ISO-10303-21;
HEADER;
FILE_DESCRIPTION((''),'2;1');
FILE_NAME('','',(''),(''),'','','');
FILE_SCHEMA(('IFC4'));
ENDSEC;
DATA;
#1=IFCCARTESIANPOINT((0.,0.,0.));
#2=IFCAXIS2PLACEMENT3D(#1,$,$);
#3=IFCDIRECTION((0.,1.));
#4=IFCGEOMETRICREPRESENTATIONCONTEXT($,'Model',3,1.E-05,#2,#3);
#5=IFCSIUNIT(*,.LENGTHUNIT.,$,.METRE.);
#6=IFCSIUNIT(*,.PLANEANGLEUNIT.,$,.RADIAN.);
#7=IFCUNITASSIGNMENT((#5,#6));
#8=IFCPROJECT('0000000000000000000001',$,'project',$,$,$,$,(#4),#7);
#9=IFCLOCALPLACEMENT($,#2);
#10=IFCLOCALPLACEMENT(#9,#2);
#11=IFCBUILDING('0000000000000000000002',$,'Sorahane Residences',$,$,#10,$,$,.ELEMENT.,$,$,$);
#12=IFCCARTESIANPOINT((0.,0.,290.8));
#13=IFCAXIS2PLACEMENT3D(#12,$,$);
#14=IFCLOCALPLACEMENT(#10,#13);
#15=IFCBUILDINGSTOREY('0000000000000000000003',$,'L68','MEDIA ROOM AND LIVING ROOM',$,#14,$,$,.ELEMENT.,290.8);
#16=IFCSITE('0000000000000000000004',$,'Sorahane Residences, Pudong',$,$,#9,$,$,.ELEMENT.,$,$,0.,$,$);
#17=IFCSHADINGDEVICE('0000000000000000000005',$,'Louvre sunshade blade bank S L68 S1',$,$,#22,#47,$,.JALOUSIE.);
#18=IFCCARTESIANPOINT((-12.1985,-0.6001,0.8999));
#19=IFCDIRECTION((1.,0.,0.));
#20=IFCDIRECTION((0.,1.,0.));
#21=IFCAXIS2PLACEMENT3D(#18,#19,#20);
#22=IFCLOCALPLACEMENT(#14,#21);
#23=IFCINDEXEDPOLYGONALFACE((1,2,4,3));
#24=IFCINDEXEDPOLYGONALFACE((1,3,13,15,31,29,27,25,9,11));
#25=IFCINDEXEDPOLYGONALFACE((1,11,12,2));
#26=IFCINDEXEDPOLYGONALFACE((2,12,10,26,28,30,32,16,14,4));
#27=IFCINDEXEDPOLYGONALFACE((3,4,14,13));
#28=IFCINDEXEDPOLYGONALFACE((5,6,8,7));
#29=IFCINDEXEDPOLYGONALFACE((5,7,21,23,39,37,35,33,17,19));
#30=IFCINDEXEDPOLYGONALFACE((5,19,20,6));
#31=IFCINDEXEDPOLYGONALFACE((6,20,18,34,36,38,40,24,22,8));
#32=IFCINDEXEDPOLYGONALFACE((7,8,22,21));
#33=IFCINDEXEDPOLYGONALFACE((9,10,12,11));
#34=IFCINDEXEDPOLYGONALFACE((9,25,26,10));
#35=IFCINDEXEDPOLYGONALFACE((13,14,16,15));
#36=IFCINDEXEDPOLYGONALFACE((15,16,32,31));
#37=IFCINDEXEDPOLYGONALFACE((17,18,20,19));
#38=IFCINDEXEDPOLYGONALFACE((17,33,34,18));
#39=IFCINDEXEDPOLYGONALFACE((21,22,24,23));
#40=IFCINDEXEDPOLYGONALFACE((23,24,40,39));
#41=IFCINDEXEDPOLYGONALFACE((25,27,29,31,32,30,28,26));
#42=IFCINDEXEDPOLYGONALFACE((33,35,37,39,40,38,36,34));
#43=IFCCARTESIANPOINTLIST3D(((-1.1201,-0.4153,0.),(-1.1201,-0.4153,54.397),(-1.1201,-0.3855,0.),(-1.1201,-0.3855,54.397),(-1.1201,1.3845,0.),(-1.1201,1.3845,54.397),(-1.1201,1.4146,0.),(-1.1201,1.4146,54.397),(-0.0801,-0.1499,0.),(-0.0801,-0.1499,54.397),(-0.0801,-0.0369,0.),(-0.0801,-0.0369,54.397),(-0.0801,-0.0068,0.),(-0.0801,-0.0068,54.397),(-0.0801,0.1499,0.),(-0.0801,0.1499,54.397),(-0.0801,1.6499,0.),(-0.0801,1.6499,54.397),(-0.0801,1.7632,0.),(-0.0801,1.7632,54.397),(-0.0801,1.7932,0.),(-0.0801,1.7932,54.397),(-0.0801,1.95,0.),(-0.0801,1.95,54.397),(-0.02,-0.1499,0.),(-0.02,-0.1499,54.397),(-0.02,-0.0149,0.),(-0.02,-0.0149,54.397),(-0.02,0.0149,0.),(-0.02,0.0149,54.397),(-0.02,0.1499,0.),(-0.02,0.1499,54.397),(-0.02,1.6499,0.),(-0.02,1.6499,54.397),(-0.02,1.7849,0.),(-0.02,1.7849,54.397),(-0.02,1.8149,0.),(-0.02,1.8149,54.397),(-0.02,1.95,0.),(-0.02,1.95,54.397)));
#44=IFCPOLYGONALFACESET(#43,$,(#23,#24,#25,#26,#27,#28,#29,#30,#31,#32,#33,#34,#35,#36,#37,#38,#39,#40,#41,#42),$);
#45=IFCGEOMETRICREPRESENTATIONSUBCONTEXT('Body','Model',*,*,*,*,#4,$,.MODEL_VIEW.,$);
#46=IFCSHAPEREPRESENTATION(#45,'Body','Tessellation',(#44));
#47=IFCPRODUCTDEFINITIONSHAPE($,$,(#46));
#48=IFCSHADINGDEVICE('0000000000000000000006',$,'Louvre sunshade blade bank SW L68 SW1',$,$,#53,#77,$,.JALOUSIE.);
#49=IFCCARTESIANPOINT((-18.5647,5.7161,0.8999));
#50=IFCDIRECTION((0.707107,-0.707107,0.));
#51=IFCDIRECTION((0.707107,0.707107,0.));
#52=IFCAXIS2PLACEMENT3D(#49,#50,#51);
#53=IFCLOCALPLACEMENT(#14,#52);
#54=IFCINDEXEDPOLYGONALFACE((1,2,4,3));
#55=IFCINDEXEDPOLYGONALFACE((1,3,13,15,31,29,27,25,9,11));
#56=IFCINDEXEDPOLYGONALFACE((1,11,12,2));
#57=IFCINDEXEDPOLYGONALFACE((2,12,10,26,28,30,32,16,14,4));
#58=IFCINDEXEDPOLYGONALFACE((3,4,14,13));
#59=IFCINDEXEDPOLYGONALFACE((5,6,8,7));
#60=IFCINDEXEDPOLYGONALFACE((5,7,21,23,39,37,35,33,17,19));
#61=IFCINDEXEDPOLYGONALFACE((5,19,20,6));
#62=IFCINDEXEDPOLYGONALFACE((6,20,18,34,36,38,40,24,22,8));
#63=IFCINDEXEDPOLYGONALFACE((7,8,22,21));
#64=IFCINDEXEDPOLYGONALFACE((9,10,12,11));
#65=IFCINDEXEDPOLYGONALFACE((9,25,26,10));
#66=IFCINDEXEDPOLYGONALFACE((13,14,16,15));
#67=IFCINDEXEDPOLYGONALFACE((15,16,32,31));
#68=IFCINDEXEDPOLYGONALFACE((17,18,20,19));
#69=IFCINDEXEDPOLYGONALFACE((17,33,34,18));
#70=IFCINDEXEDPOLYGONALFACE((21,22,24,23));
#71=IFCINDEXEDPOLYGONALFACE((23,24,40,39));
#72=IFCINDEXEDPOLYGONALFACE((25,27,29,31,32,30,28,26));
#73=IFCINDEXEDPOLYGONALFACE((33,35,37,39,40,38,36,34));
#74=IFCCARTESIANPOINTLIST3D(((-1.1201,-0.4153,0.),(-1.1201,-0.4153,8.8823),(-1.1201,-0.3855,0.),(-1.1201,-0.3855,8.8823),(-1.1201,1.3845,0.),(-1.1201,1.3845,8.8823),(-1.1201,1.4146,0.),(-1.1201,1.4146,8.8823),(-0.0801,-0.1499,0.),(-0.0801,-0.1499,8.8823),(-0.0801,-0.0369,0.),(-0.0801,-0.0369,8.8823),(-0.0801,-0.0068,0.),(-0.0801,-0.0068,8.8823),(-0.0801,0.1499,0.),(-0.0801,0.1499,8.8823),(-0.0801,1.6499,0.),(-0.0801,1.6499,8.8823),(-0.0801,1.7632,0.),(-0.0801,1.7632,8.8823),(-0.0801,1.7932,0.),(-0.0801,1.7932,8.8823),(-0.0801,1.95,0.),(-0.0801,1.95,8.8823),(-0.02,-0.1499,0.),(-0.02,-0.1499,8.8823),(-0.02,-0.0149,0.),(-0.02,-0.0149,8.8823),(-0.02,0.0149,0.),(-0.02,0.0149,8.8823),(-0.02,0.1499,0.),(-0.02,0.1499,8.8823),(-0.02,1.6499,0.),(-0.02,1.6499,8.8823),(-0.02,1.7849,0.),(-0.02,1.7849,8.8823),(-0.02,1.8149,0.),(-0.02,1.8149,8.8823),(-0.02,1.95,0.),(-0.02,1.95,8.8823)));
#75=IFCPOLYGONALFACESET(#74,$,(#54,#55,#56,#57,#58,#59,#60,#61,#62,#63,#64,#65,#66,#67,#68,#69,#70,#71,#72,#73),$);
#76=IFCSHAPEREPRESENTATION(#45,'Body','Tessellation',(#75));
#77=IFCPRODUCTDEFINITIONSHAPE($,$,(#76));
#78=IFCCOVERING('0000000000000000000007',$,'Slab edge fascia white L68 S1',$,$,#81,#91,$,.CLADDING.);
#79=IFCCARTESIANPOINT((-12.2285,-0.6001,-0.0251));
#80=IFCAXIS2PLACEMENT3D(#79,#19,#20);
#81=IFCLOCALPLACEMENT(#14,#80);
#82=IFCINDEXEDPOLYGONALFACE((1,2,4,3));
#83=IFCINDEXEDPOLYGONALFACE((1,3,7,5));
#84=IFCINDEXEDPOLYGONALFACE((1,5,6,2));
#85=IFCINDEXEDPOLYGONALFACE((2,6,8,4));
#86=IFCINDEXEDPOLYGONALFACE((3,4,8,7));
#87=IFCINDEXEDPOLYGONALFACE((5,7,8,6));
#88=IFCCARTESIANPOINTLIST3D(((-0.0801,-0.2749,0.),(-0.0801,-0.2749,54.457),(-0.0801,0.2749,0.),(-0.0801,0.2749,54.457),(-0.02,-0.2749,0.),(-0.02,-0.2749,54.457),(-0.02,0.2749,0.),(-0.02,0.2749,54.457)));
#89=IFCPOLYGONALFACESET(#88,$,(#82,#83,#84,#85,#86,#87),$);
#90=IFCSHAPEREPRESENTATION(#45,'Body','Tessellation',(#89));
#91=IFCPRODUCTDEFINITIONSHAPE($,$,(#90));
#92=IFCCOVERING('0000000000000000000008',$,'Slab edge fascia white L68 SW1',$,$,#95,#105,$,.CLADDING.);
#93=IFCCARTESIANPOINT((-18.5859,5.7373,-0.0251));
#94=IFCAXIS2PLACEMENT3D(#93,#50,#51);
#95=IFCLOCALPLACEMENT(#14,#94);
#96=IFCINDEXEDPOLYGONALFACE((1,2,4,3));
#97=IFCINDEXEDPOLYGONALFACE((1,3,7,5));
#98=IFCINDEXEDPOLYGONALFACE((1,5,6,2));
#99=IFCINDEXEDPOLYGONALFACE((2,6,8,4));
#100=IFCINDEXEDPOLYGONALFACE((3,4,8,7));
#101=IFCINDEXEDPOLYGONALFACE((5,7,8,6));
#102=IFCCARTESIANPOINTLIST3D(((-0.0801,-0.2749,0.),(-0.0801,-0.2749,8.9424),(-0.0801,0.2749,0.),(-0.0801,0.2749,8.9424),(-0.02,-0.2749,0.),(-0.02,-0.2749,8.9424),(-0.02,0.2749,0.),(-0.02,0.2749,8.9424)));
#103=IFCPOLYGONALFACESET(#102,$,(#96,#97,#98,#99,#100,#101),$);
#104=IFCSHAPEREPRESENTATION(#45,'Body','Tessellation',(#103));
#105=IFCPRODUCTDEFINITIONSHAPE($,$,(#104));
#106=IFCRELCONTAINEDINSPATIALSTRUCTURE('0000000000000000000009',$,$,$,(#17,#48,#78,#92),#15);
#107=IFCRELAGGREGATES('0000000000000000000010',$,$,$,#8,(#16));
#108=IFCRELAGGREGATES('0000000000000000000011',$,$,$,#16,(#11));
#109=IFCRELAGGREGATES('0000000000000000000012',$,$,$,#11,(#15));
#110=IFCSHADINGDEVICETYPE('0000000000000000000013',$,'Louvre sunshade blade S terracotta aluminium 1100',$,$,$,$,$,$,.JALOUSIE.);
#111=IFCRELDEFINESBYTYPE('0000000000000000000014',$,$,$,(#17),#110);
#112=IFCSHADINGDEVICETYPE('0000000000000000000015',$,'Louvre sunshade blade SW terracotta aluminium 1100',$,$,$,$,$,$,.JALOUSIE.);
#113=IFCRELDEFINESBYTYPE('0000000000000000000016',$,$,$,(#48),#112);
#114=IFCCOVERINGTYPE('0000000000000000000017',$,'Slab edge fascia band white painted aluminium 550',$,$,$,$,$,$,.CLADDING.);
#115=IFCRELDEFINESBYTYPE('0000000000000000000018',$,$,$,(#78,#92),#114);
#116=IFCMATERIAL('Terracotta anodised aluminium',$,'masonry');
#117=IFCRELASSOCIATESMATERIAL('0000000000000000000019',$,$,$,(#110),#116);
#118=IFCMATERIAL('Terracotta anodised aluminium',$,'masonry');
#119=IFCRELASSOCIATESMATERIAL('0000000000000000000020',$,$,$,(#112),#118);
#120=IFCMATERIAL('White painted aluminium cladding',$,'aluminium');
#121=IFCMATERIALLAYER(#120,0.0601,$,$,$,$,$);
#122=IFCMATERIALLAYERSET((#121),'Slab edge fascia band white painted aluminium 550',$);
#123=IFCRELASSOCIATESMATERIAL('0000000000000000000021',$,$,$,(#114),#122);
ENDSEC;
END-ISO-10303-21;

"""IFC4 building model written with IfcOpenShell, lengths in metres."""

from ifc_helpers import new_model, si_unit, direction, frame, origin, place, context, subcontext, project, spatial, polyline, outline, composite_profile, extrude, material, layer, layer_set, type_object, element, save


model = new_model("IFC4")

# Units and contexts
model_context = context("Model", 3, precision=1e-05, world=origin(), true_north=direction((0.0, 1.0)))
body_context = subcontext(model_context, "Body", "Model", "MODEL_VIEW")
ifc_project = project(units=[si_unit("LENGTHUNIT", "METRE"), si_unit("PLANEANGLEUNIT", "RADIAN")], contexts=[model_context])

# Site, building, storey
site_placement = place(None, origin())
site = spatial("IfcSite", under=ifc_project, at=site_placement, Name="Sorahane Residences, Pudong", CompositionType="ELEMENT", RefElevation=0.0)
building_placement = place(site_placement, origin())
building = spatial("IfcBuilding", under=site, at=building_placement, Name="Sorahane Residences", CompositionType="ELEMENT")
storey_placement = place(building_placement, frame((0.0, 0.0, 290.8)))
storey = spatial("IfcBuildingStorey", under=building, at=storey_placement, Name="L68", Description="MEDIA ROOM AND LIVING ROOM", CompositionType="ELEMENT", Elevation=290.8)

# Shading devices
ifc_material_1 = material(Name="Terracotta anodised aluminium", Category="masonry")
shading_device_type_1 = type_object("IfcShadingDeviceType", Name="Louvre sunshade blade S terracotta aluminium 1100", PredefinedType="JALOUSIE", material=ifc_material_1)
shading_device_1_placement = place(storey_placement, frame((-12.1985, -0.6001, 0.8999), z_axis=(1.0, 0.0, 0.0), x_axis=(0.0, 1.0, 0.0)))
element("IfcShadingDevice", 1, at=shading_device_1_placement, inside=storey, type_object=shading_device_type_1, Name="Louvre sunshade blade bank S L68 S1", PredefinedType="JALOUSIE", context=body_context, shape_type="SweptSolid", body=[
    extrude(composite_profile([outline(polyline([(-1.1201, -0.3855), (-1.1201, -0.4153), (-0.0801, -0.0369), (-0.0801, -0.1499), (-0.02, -0.1499), (-0.02, -0.0149), (-0.02, 0.0149), (-0.02, 0.1499), (-0.0801, 0.1499), (-0.0801, -0.0068), (-1.1201, -0.3855)])), outline(polyline([(-1.1201, 1.4146), (-1.1201, 1.3845), (-0.0801, 1.7632), (-0.0801, 1.6499), (-0.02, 1.6499), (-0.02, 1.7849), (-0.02, 1.8149), (-0.02, 1.95), (-0.0801, 1.95), (-0.0801, 1.7932), (-1.1201, 1.4146)]))]), origin(), (0.0, 0.0, 1.0), 54.397),
])
ifc_material_2 = material(Name="Terracotta anodised aluminium", Category="masonry")
shading_device_type_2 = type_object("IfcShadingDeviceType", Name="Louvre sunshade blade SW terracotta aluminium 1100", PredefinedType="JALOUSIE", material=ifc_material_2)
shading_device_2_placement = place(storey_placement, frame((-18.5647, 5.7161, 0.8999), z_axis=(0.707107, -0.707107, 0.0), x_axis=(0.707107, 0.707107, 0.0)))
element("IfcShadingDevice", 2, at=shading_device_2_placement, inside=storey, type_object=shading_device_type_2, Name="Louvre sunshade blade bank SW L68 SW1", PredefinedType="JALOUSIE", context=body_context, shape_type="SweptSolid", body=[
    extrude(composite_profile([outline(polyline([(-1.1201, -0.3855), (-1.1201, -0.4153), (-0.0801, -0.0369), (-0.0801, -0.1499), (-0.02, -0.1499), (-0.02, -0.0149), (-0.02, 0.0149), (-0.02, 0.1499), (-0.0801, 0.1499), (-0.0801, -0.0068), (-1.1201, -0.3855)])), outline(polyline([(-1.1201, 1.4146), (-1.1201, 1.3845), (-0.0801, 1.7632), (-0.0801, 1.6499), (-0.02, 1.6499), (-0.02, 1.7849), (-0.02, 1.8149), (-0.02, 1.95), (-0.0801, 1.95), (-0.0801, 1.7932), (-1.1201, 1.4146)]))]), origin(), (0.0, 0.0, 1.0), 8.8823),
])

# Coverings
ifc_material_3 = material(Name="White painted aluminium cladding", Category="aluminium")
ifc_layer_1 = layer(ifc_material_3, 0.0601)
ifc_layer_set_1 = layer_set([ifc_layer_1], Name="Slab edge fascia band white painted aluminium 550")
covering_type = type_object("IfcCoveringType", Name="Slab edge fascia band white painted aluminium 550", PredefinedType="CLADDING", material=ifc_layer_set_1)
covering_1_placement = place(storey_placement, frame((-12.2285, -0.6001, -0.0251), z_axis=(1.0, 0.0, 0.0), x_axis=(0.0, 1.0, 0.0)))
element("IfcCovering", 3, at=covering_1_placement, inside=storey, type_object=covering_type, Name="Slab edge fascia white L68 S1", PredefinedType="CLADDING", context=body_context, shape_type="SweptSolid", body=[
    extrude(outline(polyline([(-0.02, 0.2749), (-0.0801, 0.2749), (-0.0801, -0.2749), (-0.02, -0.2749), (-0.02, 0.2749)])), origin(), (0.0, 0.0, 1.0), 54.457),
])
covering_2_placement = place(storey_placement, frame((-18.5859, 5.7373, -0.0251), z_axis=(0.707107, -0.707107, 0.0), x_axis=(0.707107, 0.707107, 0.0)))
element("IfcCovering", 4, at=covering_2_placement, inside=storey, type_object=covering_type, Name="Slab edge fascia white L68 SW1", PredefinedType="CLADDING", context=body_context, shape_type="SweptSolid", body=[
    extrude(outline(polyline([(-0.02, 0.2749), (-0.0801, 0.2749), (-0.0801, -0.2749), (-0.02, -0.2749), (-0.02, 0.2749)])), origin(), (0.0, 0.0, 1.0), 8.9424),
])

save(model, "model.ifc")
